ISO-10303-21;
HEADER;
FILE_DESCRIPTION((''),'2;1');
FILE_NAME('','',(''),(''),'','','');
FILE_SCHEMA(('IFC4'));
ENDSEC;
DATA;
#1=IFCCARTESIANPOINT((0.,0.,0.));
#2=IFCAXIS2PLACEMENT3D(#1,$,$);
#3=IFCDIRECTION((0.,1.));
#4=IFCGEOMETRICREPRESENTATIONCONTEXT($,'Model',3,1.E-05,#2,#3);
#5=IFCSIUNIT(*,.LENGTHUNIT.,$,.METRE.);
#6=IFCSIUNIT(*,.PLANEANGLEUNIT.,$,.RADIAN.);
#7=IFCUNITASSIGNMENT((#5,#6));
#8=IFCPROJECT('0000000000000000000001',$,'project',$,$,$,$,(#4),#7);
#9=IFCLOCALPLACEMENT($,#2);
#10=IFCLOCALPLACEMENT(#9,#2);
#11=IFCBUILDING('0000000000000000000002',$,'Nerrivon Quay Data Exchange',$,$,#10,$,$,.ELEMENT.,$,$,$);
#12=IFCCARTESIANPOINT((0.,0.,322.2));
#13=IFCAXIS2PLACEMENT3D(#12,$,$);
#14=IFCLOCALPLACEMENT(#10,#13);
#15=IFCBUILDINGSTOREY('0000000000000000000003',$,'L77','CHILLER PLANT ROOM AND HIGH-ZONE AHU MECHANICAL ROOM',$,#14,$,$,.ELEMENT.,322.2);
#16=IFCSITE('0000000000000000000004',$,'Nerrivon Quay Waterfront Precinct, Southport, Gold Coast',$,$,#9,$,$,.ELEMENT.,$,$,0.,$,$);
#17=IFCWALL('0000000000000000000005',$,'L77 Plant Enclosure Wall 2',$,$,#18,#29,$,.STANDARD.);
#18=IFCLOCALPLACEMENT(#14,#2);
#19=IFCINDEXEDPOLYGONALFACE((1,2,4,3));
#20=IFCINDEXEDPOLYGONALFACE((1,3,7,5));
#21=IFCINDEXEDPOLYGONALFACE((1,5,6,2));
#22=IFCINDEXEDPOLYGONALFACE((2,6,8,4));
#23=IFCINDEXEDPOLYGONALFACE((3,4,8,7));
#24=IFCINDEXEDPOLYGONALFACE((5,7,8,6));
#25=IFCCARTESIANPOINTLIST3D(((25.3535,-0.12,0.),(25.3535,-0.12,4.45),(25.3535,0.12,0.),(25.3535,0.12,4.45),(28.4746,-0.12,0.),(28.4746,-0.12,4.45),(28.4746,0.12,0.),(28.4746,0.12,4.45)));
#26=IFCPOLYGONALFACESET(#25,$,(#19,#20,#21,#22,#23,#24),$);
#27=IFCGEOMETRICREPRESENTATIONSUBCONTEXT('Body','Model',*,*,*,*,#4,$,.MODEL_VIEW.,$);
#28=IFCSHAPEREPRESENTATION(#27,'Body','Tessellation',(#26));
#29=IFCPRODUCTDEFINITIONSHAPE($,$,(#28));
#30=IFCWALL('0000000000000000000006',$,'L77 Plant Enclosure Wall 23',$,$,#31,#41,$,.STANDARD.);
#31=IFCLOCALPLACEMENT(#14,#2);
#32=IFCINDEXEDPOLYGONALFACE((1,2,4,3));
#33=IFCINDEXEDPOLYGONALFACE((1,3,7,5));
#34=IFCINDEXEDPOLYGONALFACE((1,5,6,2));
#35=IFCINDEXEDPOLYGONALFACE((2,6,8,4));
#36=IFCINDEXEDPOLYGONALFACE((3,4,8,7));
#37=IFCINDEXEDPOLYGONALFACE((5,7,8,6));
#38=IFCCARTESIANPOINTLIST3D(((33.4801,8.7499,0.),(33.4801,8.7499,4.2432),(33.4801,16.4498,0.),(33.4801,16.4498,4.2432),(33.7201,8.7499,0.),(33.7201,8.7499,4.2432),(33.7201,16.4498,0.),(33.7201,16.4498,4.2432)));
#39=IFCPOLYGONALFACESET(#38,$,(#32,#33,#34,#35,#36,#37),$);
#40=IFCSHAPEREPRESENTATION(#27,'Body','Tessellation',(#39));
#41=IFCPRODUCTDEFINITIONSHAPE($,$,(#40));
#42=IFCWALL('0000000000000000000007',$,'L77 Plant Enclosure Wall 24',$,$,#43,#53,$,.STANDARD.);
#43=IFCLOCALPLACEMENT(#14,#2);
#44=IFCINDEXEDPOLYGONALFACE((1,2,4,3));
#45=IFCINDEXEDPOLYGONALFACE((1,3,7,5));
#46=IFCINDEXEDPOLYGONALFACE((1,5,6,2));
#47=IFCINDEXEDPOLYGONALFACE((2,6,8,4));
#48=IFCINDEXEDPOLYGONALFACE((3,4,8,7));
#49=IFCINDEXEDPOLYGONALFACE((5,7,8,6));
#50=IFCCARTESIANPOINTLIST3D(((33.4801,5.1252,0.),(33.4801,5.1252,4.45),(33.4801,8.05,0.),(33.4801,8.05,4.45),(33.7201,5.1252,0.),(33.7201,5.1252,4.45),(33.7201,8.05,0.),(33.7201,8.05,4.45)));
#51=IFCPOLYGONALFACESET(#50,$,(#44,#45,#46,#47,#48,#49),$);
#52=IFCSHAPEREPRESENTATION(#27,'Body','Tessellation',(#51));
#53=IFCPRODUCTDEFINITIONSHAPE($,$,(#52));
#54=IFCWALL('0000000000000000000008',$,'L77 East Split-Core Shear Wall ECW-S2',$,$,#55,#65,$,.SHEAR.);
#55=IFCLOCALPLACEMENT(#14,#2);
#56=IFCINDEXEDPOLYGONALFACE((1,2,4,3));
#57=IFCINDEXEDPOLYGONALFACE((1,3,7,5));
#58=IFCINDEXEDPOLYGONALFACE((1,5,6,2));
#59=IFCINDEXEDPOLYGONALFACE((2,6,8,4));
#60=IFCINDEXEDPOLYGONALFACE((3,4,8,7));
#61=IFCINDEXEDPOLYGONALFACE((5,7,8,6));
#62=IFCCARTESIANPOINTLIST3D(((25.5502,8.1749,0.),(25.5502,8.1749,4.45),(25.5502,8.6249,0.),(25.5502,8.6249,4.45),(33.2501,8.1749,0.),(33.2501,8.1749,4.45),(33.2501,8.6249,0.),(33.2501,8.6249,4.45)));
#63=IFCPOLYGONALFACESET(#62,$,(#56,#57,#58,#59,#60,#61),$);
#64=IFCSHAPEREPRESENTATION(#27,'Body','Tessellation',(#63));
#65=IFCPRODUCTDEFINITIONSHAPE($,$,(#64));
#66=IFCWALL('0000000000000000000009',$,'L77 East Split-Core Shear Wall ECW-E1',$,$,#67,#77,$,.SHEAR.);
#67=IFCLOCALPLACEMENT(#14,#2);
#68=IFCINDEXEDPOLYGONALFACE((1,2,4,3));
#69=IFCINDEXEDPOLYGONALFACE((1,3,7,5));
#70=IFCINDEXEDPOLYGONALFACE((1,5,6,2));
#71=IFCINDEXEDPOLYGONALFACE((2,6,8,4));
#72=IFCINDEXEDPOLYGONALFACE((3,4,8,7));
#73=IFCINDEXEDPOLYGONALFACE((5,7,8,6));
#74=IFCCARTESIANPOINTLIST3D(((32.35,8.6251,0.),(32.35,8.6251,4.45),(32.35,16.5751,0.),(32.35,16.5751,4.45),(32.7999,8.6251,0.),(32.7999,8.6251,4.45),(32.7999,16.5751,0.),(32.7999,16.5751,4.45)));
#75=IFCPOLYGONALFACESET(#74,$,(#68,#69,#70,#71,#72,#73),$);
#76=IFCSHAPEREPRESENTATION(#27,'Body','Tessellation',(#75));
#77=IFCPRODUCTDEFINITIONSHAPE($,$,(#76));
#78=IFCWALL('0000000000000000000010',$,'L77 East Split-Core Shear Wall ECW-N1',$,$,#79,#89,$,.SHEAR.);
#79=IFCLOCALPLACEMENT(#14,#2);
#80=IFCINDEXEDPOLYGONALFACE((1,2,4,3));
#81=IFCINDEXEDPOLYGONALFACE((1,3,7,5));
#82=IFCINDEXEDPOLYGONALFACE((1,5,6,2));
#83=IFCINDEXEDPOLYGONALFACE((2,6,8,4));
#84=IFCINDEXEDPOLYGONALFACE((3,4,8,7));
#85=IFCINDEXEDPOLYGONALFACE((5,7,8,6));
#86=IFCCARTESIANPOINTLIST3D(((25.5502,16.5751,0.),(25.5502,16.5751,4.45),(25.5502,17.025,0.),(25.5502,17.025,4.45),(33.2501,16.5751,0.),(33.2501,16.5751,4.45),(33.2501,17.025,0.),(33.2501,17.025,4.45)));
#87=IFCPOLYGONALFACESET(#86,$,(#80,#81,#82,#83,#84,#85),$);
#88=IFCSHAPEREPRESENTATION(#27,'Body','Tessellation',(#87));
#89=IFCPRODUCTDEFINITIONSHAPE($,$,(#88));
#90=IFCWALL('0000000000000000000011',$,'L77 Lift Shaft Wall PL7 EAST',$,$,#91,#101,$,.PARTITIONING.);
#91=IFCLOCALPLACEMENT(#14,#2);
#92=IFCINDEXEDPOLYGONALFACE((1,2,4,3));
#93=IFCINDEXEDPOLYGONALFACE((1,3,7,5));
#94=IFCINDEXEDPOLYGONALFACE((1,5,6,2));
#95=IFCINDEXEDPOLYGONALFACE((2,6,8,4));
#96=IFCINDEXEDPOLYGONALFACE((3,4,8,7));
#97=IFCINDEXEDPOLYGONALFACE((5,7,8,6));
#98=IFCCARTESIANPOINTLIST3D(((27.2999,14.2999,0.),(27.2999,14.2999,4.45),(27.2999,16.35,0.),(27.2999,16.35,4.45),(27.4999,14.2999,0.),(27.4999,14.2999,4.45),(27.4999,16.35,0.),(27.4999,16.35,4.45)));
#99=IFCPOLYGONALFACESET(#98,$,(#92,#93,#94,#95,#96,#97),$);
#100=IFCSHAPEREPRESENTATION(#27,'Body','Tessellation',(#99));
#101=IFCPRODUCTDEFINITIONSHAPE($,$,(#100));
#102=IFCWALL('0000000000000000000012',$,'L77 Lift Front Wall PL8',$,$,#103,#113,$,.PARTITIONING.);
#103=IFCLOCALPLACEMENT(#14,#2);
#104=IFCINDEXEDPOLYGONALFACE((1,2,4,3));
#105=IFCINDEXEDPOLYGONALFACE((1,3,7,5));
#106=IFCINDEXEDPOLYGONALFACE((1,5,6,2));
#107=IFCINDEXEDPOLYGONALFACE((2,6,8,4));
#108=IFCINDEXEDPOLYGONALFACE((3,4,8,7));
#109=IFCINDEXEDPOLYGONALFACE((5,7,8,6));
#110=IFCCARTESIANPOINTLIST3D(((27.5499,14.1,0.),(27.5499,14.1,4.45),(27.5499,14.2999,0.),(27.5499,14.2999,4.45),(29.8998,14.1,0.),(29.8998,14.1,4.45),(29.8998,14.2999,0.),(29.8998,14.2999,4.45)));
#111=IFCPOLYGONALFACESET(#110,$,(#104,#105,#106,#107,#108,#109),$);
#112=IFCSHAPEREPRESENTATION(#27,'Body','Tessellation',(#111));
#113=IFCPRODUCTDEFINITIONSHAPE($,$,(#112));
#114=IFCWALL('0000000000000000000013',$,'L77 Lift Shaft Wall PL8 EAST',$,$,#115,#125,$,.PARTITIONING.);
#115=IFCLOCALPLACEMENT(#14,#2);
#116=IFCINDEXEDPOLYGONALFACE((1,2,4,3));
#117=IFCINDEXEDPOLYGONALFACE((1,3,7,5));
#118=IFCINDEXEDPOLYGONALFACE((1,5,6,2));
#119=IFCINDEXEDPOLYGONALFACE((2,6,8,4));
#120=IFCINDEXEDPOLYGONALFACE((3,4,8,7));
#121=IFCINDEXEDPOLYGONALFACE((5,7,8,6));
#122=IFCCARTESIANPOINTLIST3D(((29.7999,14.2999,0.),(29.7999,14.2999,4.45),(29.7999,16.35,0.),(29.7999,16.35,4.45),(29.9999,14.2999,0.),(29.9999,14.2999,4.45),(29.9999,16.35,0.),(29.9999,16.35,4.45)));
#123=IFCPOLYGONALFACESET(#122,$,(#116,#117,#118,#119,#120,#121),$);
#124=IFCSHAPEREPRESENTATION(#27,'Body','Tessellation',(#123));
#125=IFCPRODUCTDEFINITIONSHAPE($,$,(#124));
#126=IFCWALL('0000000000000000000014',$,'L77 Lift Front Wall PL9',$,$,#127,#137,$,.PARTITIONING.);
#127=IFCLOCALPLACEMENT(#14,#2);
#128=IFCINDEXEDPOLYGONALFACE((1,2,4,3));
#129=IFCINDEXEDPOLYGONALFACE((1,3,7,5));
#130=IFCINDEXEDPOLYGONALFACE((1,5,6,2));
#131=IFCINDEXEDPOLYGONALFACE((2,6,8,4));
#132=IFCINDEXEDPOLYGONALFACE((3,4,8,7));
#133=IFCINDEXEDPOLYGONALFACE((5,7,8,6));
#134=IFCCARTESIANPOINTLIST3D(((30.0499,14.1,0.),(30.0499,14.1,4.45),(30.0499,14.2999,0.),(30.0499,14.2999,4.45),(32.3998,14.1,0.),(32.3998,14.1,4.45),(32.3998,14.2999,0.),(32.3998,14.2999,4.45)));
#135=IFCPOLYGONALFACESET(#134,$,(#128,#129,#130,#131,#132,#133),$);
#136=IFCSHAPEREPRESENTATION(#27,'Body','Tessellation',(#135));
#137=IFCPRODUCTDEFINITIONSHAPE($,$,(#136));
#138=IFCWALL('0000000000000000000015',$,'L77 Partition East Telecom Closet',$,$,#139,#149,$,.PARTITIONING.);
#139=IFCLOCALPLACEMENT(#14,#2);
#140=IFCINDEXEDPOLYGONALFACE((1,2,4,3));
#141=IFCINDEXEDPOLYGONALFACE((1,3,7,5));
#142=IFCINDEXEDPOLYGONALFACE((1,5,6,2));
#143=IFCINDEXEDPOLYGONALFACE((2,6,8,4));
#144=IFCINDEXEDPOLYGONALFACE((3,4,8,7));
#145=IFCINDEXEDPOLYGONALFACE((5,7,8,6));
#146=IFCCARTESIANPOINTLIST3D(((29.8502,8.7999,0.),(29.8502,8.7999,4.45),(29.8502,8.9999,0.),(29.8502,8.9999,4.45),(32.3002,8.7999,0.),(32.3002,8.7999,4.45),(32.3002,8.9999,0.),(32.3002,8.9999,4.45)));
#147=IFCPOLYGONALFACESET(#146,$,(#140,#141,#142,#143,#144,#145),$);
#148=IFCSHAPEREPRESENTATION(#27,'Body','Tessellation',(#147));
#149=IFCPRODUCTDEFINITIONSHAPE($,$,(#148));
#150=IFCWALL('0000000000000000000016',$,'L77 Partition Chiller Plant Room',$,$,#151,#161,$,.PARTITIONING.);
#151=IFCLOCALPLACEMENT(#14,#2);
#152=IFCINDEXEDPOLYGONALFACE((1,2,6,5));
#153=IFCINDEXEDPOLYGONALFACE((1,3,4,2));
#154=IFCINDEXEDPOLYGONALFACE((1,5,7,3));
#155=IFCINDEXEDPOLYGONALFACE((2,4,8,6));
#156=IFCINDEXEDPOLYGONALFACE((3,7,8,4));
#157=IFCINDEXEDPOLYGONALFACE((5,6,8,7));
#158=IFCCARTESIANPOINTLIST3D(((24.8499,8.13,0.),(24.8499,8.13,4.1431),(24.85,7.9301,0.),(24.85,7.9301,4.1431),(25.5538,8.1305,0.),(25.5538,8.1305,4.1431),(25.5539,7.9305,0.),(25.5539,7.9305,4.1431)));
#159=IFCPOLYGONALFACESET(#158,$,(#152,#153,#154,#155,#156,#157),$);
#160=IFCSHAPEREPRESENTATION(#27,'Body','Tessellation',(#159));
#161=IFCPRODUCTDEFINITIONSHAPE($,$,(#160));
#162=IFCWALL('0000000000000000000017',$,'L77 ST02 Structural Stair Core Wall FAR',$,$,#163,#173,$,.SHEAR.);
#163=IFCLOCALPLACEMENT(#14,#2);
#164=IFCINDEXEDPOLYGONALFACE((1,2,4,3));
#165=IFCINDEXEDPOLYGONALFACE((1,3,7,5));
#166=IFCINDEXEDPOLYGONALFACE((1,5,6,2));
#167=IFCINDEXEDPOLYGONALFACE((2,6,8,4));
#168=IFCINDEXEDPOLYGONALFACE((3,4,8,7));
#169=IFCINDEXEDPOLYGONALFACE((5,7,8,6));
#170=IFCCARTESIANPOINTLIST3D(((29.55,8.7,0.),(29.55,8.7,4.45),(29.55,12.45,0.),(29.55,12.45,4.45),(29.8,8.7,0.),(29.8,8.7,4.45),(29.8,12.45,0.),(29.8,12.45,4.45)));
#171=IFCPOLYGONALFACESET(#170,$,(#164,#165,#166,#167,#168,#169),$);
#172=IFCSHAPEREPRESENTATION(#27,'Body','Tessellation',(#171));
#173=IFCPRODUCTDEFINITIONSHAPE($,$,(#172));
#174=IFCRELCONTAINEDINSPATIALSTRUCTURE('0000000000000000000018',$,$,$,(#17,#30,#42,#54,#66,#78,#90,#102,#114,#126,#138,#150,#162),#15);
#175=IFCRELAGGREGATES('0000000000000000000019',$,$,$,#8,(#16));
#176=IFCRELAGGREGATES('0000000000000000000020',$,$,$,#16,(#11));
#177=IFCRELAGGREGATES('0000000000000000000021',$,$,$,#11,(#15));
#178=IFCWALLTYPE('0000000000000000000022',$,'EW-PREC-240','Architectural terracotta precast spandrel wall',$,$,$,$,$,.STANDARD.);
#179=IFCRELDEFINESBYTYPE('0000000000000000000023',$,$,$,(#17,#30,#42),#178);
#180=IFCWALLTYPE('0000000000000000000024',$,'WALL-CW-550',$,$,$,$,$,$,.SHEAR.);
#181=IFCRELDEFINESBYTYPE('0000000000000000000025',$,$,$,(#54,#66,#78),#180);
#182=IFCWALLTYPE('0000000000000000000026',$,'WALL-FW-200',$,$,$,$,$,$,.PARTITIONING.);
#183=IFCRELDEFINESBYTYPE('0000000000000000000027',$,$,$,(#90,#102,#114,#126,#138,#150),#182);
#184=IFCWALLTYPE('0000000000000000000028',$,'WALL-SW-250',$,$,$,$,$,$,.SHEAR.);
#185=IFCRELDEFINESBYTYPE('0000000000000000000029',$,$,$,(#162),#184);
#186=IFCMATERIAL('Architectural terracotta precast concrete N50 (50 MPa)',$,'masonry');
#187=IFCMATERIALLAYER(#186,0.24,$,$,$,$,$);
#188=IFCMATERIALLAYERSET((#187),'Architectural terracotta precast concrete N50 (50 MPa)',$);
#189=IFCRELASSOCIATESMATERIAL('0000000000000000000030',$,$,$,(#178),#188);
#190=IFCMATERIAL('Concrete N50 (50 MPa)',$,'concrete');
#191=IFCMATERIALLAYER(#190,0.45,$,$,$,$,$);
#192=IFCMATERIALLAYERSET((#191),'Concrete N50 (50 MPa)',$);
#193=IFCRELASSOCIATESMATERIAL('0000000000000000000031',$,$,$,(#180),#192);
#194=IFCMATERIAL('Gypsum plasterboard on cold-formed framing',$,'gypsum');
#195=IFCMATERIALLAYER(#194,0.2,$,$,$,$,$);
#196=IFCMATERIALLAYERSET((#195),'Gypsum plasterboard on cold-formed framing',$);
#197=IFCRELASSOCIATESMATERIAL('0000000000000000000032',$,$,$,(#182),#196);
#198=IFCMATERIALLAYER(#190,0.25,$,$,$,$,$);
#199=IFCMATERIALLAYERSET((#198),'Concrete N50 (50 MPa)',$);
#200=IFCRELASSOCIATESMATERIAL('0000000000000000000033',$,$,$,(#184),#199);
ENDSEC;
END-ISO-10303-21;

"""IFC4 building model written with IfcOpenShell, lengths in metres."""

from ifc_helpers import new_model, si_unit, direction, frame, frame_2d, origin, place, context, subcontext, project, spatial, rectangle, extrude, material, layer, layer_set, type_object, element, save


model = new_model("IFC4")

# Units and contexts
model_context = context("Model", 3, precision=1e-05, world=origin(), true_north=direction((0.0, 1.0)))
body_context = subcontext(model_context, "Body", "Model", "MODEL_VIEW")
ifc_project = project(units=[si_unit("LENGTHUNIT", "METRE"), si_unit("PLANEANGLEUNIT", "RADIAN")], contexts=[model_context])

# Site, building, storey
site_placement = place(None, origin())
site = spatial("IfcSite", under=ifc_project, at=site_placement, Name="Nerrivon Quay Waterfront Precinct, Southport, Gold Coast", CompositionType="ELEMENT", RefElevation=0.0)
building_placement = place(site_placement, origin())
building = spatial("IfcBuilding", under=site, at=building_placement, Name="Nerrivon Quay Data Exchange", CompositionType="ELEMENT")
storey_placement = place(building_placement, frame((0.0, 0.0, 322.2)))
storey = spatial("IfcBuildingStorey", under=building, at=storey_placement, Name="L77", Description="CHILLER PLANT ROOM AND HIGH-ZONE AHU MECHANICAL ROOM", CompositionType="ELEMENT", Elevation=322.2)

# Shared definitions
ifc_material_1 = material(Name="Concrete N50 (50 MPa)", Category="concrete")

# Walls
ifc_material_2 = material(Name="Architectural terracotta precast concrete N50 (50 MPa)", Category="masonry")
ifc_layer_1 = layer(ifc_material_2, 0.24)
ifc_layer_set_1 = layer_set([ifc_layer_1], Name="Architectural terracotta precast concrete N50 (50 MPa)")
wall_type_1 = type_object("IfcWallType", Name="EW-PREC-240", Description="Architectural terracotta precast spandrel wall", PredefinedType="STANDARD", material=ifc_layer_set_1)
wall_1_placement = place(storey_placement, frame((28.4746, 0.0, 0.0), z_axis=(0.0, 0.0, 1.0), x_axis=(-1.0, 0.0, 0.0)))
element("IfcWall", 1, at=wall_1_placement, inside=storey, type_object=wall_type_1, Name="L77 Plant Enclosure Wall 2", PredefinedType="STANDARD", context=body_context, shape_type="SweptSolid", body=[
    extrude(rectangle(XDim=3.1211, YDim=0.24, at=frame_2d((1.5605, 0.0))), origin(), (0.0, 0.0, 1.0), 4.45),
])
wall_2_placement = place(storey_placement, frame((33.6001, 16.45, 0.0), z_axis=(0.0, 0.0, 1.0), x_axis=(0.0, -1.0, 0.0)))
element("IfcWall", 2, at=wall_2_placement, inside=storey, type_object=wall_type_1, Name="L77 Plant Enclosure Wall 23", PredefinedType="STANDARD", context=body_context, shape_type="SweptSolid", body=[
    extrude(rectangle(XDim=7.7, YDim=0.24, at=frame_2d((3.8501, 0.0))), origin(), (0.0, 0.0, 1.0), 4.2432),
])
wall_3_placement = place(storey_placement, frame((33.6001, 8.05, 0.0), z_axis=(0.0, 0.0, 1.0), x_axis=(0.0, -1.0, 0.0)))
element("IfcWall", 3, at=wall_3_placement, inside=storey, type_object=wall_type_1, Name="L77 Plant Enclosure Wall 24", PredefinedType="STANDARD", context=body_context, shape_type="SweptSolid", body=[
    extrude(rectangle(XDim=2.9248, YDim=0.24, at=frame_2d((1.4624, 0.0))), origin(), (0.0, 0.0, 1.0), 4.45),
])
ifc_layer_2 = layer(ifc_material_1, 0.45)
ifc_layer_set_2 = layer_set([ifc_layer_2], Name="Concrete N50 (50 MPa)")
wall_type_2 = type_object("IfcWallType", Name="WALL-CW-550", PredefinedType="SHEAR", material=ifc_layer_set_2)
wall_4_placement = place(storey_placement, frame((25.55, 8.3999, 0.0), z_axis=(0.0, 0.0, 1.0), x_axis=(1.0, 0.0, 0.0)))
element("IfcWall", 4, at=wall_4_placement, inside=storey, type_object=wall_type_2, Name="L77 East Split-Core Shear Wall ECW-S2", PredefinedType="SHEAR", context=body_context, shape_type="SweptSolid", body=[
    extrude(rectangle(XDim=7.7, YDim=0.45, at=frame_2d((3.8501, 0.0))), origin(), (0.0, 0.0, 1.0), 4.45),
])
wall_5_placement = place(storey_placement, frame((32.575, 8.625, 0.0), z_axis=(0.0, 0.0, 1.0), x_axis=(0.0, 1.0, 0.0)))
element("IfcWall", 5, at=wall_5_placement, inside=storey, type_object=wall_type_2, Name="L77 East Split-Core Shear Wall ECW-E1", PredefinedType="SHEAR", context=body_context, shape_type="SweptSolid", body=[
    extrude(rectangle(XDim=7.95, YDim=0.45, at=frame_2d((3.9751, 0.0))), origin(), (0.0, 0.0, 1.0), 4.45),
])
wall_6_placement = place(storey_placement, frame((25.55, 16.8, 0.0), z_axis=(0.0, 0.0, 1.0), x_axis=(1.0, 0.0, 0.0)))
element("IfcWall", 6, at=wall_6_placement, inside=storey, type_object=wall_type_2, Name="L77 East Split-Core Shear Wall ECW-N1", PredefinedType="SHEAR", context=body_context, shape_type="SweptSolid", body=[
    extrude(rectangle(XDim=7.7, YDim=0.45, at=frame_2d((3.8501, 0.0))), origin(), (0.0, 0.0, 1.0), 4.45),
])
ifc_material_3 = material(Name="Gypsum plasterboard on cold-formed framing", Category="gypsum")
ifc_layer_3 = layer(ifc_material_3, 0.2)
ifc_layer_set_3 = layer_set([ifc_layer_3], Name="Gypsum plasterboard on cold-formed framing")
wall_type_3 = type_object("IfcWallType", Name="WALL-FW-200", PredefinedType="PARTITIONING", material=ifc_layer_set_3)
wall_7_placement = place(storey_placement, frame((27.3999, 14.3, 0.0), z_axis=(0.0, 0.0, 1.0), x_axis=(0.0, 1.0, 0.0)))
element("IfcWall", 7, at=wall_7_placement, inside=storey, type_object=wall_type_3, Name="L77 Lift Shaft Wall PL7 EAST", PredefinedType="PARTITIONING", context=body_context, shape_type="SweptSolid", body=[
    extrude(rectangle(XDim=2.05, YDim=0.2, at=frame_2d((1.0249, 0.0))), origin(), (0.0, 0.0, 1.0), 4.45),
])
wall_8_placement = place(storey_placement, frame((27.55, 14.2, 0.0), z_axis=(0.0, 0.0, 1.0), x_axis=(1.0, 0.0, 0.0)))
element("IfcWall", 8, at=wall_8_placement, inside=storey, type_object=wall_type_3, Name="L77 Lift Front Wall PL8", PredefinedType="PARTITIONING", context=body_context, shape_type="SweptSolid", body=[
    extrude(rectangle(XDim=2.3499, YDim=0.2, at=frame_2d((1.1748, 0.0))), origin(), (0.0, 0.0, 1.0), 4.45),
])
wall_9_placement = place(storey_placement, frame((29.8999, 14.3, 0.0), z_axis=(0.0, 0.0, 1.0), x_axis=(0.0, 1.0, 0.0)))
element("IfcWall", 9, at=wall_9_placement, inside=storey, type_object=wall_type_3, Name="L77 Lift Shaft Wall PL8 EAST", PredefinedType="PARTITIONING", context=body_context, shape_type="SweptSolid", body=[
    extrude(rectangle(XDim=2.05, YDim=0.2, at=frame_2d((1.0249, 0.0))), origin(), (0.0, 0.0, 1.0), 4.45),
])
wall_10_placement = place(storey_placement, frame((30.05, 14.2, 0.0), z_axis=(0.0, 0.0, 1.0), x_axis=(1.0, 0.0, 0.0)))
element("IfcWall", 10, at=wall_10_placement, inside=storey, type_object=wall_type_3, Name="L77 Lift Front Wall PL9", PredefinedType="PARTITIONING", context=body_context, shape_type="SweptSolid", body=[
    extrude(rectangle(XDim=2.3499, YDim=0.2, at=frame_2d((1.1748, 0.0))), origin(), (0.0, 0.0, 1.0), 4.45),
])

# Walls
wall_11_placement = place(storey_placement, frame((29.8501, 8.8999, 0.0), z_axis=(0.0, 0.0, 1.0), x_axis=(1.0, 0.0, 0.0)))
element("IfcWall", 11, at=wall_11_placement, inside=storey, type_object=wall_type_3, Name="L77 Partition East Telecom Closet", PredefinedType="PARTITIONING", context=body_context, shape_type="SweptSolid", body=[
    extrude(rectangle(XDim=2.45, YDim=0.2, at=frame_2d((1.2251, 0.0))), origin(), (0.0, 0.0, 1.0), 4.45),
])
wall_12_placement = place(storey_placement, frame((25.554, 8.0305, 0.0), z_axis=(0.0, 0.0, 1.0), x_axis=(-1.0, -0.000694, 0.0)))
element("IfcWall", 12, at=wall_12_placement, inside=storey, type_object=wall_type_3, Name="L77 Partition Chiller Plant Room", PredefinedType="PARTITIONING", context=body_context, shape_type="SweptSolid", body=[
    extrude(rectangle(XDim=0.7039, YDim=0.2, at=frame_2d((0.3521, 0.0))), origin(), (0.0, 0.0, 1.0), 4.1431),
])
ifc_layer_4 = layer(ifc_material_1, 0.25)
ifc_layer_set_4 = layer_set([ifc_layer_4], Name="Concrete N50 (50 MPa)")
wall_type_4 = type_object("IfcWallType", Name="WALL-SW-250", PredefinedType="SHEAR", material=ifc_layer_set_4)
wall_13_placement = place(storey_placement, frame((29.675, 8.7, 0.0), z_axis=(0.0, 0.0, 1.0), x_axis=(0.0, 1.0, 0.0)))
element("IfcWall", 13, at=wall_13_placement, inside=storey, type_object=wall_type_4, Name="L77 ST02 Structural Stair Core Wall FAR", PredefinedType="SHEAR", context=body_context, shape_type="SweptSolid", body=[
    extrude(rectangle(XDim=3.75, YDim=0.25, at=frame_2d((1.875, 0.0))), origin(), (0.0, 0.0, 1.0), 4.45),
])

save(model, "model.ifc")
